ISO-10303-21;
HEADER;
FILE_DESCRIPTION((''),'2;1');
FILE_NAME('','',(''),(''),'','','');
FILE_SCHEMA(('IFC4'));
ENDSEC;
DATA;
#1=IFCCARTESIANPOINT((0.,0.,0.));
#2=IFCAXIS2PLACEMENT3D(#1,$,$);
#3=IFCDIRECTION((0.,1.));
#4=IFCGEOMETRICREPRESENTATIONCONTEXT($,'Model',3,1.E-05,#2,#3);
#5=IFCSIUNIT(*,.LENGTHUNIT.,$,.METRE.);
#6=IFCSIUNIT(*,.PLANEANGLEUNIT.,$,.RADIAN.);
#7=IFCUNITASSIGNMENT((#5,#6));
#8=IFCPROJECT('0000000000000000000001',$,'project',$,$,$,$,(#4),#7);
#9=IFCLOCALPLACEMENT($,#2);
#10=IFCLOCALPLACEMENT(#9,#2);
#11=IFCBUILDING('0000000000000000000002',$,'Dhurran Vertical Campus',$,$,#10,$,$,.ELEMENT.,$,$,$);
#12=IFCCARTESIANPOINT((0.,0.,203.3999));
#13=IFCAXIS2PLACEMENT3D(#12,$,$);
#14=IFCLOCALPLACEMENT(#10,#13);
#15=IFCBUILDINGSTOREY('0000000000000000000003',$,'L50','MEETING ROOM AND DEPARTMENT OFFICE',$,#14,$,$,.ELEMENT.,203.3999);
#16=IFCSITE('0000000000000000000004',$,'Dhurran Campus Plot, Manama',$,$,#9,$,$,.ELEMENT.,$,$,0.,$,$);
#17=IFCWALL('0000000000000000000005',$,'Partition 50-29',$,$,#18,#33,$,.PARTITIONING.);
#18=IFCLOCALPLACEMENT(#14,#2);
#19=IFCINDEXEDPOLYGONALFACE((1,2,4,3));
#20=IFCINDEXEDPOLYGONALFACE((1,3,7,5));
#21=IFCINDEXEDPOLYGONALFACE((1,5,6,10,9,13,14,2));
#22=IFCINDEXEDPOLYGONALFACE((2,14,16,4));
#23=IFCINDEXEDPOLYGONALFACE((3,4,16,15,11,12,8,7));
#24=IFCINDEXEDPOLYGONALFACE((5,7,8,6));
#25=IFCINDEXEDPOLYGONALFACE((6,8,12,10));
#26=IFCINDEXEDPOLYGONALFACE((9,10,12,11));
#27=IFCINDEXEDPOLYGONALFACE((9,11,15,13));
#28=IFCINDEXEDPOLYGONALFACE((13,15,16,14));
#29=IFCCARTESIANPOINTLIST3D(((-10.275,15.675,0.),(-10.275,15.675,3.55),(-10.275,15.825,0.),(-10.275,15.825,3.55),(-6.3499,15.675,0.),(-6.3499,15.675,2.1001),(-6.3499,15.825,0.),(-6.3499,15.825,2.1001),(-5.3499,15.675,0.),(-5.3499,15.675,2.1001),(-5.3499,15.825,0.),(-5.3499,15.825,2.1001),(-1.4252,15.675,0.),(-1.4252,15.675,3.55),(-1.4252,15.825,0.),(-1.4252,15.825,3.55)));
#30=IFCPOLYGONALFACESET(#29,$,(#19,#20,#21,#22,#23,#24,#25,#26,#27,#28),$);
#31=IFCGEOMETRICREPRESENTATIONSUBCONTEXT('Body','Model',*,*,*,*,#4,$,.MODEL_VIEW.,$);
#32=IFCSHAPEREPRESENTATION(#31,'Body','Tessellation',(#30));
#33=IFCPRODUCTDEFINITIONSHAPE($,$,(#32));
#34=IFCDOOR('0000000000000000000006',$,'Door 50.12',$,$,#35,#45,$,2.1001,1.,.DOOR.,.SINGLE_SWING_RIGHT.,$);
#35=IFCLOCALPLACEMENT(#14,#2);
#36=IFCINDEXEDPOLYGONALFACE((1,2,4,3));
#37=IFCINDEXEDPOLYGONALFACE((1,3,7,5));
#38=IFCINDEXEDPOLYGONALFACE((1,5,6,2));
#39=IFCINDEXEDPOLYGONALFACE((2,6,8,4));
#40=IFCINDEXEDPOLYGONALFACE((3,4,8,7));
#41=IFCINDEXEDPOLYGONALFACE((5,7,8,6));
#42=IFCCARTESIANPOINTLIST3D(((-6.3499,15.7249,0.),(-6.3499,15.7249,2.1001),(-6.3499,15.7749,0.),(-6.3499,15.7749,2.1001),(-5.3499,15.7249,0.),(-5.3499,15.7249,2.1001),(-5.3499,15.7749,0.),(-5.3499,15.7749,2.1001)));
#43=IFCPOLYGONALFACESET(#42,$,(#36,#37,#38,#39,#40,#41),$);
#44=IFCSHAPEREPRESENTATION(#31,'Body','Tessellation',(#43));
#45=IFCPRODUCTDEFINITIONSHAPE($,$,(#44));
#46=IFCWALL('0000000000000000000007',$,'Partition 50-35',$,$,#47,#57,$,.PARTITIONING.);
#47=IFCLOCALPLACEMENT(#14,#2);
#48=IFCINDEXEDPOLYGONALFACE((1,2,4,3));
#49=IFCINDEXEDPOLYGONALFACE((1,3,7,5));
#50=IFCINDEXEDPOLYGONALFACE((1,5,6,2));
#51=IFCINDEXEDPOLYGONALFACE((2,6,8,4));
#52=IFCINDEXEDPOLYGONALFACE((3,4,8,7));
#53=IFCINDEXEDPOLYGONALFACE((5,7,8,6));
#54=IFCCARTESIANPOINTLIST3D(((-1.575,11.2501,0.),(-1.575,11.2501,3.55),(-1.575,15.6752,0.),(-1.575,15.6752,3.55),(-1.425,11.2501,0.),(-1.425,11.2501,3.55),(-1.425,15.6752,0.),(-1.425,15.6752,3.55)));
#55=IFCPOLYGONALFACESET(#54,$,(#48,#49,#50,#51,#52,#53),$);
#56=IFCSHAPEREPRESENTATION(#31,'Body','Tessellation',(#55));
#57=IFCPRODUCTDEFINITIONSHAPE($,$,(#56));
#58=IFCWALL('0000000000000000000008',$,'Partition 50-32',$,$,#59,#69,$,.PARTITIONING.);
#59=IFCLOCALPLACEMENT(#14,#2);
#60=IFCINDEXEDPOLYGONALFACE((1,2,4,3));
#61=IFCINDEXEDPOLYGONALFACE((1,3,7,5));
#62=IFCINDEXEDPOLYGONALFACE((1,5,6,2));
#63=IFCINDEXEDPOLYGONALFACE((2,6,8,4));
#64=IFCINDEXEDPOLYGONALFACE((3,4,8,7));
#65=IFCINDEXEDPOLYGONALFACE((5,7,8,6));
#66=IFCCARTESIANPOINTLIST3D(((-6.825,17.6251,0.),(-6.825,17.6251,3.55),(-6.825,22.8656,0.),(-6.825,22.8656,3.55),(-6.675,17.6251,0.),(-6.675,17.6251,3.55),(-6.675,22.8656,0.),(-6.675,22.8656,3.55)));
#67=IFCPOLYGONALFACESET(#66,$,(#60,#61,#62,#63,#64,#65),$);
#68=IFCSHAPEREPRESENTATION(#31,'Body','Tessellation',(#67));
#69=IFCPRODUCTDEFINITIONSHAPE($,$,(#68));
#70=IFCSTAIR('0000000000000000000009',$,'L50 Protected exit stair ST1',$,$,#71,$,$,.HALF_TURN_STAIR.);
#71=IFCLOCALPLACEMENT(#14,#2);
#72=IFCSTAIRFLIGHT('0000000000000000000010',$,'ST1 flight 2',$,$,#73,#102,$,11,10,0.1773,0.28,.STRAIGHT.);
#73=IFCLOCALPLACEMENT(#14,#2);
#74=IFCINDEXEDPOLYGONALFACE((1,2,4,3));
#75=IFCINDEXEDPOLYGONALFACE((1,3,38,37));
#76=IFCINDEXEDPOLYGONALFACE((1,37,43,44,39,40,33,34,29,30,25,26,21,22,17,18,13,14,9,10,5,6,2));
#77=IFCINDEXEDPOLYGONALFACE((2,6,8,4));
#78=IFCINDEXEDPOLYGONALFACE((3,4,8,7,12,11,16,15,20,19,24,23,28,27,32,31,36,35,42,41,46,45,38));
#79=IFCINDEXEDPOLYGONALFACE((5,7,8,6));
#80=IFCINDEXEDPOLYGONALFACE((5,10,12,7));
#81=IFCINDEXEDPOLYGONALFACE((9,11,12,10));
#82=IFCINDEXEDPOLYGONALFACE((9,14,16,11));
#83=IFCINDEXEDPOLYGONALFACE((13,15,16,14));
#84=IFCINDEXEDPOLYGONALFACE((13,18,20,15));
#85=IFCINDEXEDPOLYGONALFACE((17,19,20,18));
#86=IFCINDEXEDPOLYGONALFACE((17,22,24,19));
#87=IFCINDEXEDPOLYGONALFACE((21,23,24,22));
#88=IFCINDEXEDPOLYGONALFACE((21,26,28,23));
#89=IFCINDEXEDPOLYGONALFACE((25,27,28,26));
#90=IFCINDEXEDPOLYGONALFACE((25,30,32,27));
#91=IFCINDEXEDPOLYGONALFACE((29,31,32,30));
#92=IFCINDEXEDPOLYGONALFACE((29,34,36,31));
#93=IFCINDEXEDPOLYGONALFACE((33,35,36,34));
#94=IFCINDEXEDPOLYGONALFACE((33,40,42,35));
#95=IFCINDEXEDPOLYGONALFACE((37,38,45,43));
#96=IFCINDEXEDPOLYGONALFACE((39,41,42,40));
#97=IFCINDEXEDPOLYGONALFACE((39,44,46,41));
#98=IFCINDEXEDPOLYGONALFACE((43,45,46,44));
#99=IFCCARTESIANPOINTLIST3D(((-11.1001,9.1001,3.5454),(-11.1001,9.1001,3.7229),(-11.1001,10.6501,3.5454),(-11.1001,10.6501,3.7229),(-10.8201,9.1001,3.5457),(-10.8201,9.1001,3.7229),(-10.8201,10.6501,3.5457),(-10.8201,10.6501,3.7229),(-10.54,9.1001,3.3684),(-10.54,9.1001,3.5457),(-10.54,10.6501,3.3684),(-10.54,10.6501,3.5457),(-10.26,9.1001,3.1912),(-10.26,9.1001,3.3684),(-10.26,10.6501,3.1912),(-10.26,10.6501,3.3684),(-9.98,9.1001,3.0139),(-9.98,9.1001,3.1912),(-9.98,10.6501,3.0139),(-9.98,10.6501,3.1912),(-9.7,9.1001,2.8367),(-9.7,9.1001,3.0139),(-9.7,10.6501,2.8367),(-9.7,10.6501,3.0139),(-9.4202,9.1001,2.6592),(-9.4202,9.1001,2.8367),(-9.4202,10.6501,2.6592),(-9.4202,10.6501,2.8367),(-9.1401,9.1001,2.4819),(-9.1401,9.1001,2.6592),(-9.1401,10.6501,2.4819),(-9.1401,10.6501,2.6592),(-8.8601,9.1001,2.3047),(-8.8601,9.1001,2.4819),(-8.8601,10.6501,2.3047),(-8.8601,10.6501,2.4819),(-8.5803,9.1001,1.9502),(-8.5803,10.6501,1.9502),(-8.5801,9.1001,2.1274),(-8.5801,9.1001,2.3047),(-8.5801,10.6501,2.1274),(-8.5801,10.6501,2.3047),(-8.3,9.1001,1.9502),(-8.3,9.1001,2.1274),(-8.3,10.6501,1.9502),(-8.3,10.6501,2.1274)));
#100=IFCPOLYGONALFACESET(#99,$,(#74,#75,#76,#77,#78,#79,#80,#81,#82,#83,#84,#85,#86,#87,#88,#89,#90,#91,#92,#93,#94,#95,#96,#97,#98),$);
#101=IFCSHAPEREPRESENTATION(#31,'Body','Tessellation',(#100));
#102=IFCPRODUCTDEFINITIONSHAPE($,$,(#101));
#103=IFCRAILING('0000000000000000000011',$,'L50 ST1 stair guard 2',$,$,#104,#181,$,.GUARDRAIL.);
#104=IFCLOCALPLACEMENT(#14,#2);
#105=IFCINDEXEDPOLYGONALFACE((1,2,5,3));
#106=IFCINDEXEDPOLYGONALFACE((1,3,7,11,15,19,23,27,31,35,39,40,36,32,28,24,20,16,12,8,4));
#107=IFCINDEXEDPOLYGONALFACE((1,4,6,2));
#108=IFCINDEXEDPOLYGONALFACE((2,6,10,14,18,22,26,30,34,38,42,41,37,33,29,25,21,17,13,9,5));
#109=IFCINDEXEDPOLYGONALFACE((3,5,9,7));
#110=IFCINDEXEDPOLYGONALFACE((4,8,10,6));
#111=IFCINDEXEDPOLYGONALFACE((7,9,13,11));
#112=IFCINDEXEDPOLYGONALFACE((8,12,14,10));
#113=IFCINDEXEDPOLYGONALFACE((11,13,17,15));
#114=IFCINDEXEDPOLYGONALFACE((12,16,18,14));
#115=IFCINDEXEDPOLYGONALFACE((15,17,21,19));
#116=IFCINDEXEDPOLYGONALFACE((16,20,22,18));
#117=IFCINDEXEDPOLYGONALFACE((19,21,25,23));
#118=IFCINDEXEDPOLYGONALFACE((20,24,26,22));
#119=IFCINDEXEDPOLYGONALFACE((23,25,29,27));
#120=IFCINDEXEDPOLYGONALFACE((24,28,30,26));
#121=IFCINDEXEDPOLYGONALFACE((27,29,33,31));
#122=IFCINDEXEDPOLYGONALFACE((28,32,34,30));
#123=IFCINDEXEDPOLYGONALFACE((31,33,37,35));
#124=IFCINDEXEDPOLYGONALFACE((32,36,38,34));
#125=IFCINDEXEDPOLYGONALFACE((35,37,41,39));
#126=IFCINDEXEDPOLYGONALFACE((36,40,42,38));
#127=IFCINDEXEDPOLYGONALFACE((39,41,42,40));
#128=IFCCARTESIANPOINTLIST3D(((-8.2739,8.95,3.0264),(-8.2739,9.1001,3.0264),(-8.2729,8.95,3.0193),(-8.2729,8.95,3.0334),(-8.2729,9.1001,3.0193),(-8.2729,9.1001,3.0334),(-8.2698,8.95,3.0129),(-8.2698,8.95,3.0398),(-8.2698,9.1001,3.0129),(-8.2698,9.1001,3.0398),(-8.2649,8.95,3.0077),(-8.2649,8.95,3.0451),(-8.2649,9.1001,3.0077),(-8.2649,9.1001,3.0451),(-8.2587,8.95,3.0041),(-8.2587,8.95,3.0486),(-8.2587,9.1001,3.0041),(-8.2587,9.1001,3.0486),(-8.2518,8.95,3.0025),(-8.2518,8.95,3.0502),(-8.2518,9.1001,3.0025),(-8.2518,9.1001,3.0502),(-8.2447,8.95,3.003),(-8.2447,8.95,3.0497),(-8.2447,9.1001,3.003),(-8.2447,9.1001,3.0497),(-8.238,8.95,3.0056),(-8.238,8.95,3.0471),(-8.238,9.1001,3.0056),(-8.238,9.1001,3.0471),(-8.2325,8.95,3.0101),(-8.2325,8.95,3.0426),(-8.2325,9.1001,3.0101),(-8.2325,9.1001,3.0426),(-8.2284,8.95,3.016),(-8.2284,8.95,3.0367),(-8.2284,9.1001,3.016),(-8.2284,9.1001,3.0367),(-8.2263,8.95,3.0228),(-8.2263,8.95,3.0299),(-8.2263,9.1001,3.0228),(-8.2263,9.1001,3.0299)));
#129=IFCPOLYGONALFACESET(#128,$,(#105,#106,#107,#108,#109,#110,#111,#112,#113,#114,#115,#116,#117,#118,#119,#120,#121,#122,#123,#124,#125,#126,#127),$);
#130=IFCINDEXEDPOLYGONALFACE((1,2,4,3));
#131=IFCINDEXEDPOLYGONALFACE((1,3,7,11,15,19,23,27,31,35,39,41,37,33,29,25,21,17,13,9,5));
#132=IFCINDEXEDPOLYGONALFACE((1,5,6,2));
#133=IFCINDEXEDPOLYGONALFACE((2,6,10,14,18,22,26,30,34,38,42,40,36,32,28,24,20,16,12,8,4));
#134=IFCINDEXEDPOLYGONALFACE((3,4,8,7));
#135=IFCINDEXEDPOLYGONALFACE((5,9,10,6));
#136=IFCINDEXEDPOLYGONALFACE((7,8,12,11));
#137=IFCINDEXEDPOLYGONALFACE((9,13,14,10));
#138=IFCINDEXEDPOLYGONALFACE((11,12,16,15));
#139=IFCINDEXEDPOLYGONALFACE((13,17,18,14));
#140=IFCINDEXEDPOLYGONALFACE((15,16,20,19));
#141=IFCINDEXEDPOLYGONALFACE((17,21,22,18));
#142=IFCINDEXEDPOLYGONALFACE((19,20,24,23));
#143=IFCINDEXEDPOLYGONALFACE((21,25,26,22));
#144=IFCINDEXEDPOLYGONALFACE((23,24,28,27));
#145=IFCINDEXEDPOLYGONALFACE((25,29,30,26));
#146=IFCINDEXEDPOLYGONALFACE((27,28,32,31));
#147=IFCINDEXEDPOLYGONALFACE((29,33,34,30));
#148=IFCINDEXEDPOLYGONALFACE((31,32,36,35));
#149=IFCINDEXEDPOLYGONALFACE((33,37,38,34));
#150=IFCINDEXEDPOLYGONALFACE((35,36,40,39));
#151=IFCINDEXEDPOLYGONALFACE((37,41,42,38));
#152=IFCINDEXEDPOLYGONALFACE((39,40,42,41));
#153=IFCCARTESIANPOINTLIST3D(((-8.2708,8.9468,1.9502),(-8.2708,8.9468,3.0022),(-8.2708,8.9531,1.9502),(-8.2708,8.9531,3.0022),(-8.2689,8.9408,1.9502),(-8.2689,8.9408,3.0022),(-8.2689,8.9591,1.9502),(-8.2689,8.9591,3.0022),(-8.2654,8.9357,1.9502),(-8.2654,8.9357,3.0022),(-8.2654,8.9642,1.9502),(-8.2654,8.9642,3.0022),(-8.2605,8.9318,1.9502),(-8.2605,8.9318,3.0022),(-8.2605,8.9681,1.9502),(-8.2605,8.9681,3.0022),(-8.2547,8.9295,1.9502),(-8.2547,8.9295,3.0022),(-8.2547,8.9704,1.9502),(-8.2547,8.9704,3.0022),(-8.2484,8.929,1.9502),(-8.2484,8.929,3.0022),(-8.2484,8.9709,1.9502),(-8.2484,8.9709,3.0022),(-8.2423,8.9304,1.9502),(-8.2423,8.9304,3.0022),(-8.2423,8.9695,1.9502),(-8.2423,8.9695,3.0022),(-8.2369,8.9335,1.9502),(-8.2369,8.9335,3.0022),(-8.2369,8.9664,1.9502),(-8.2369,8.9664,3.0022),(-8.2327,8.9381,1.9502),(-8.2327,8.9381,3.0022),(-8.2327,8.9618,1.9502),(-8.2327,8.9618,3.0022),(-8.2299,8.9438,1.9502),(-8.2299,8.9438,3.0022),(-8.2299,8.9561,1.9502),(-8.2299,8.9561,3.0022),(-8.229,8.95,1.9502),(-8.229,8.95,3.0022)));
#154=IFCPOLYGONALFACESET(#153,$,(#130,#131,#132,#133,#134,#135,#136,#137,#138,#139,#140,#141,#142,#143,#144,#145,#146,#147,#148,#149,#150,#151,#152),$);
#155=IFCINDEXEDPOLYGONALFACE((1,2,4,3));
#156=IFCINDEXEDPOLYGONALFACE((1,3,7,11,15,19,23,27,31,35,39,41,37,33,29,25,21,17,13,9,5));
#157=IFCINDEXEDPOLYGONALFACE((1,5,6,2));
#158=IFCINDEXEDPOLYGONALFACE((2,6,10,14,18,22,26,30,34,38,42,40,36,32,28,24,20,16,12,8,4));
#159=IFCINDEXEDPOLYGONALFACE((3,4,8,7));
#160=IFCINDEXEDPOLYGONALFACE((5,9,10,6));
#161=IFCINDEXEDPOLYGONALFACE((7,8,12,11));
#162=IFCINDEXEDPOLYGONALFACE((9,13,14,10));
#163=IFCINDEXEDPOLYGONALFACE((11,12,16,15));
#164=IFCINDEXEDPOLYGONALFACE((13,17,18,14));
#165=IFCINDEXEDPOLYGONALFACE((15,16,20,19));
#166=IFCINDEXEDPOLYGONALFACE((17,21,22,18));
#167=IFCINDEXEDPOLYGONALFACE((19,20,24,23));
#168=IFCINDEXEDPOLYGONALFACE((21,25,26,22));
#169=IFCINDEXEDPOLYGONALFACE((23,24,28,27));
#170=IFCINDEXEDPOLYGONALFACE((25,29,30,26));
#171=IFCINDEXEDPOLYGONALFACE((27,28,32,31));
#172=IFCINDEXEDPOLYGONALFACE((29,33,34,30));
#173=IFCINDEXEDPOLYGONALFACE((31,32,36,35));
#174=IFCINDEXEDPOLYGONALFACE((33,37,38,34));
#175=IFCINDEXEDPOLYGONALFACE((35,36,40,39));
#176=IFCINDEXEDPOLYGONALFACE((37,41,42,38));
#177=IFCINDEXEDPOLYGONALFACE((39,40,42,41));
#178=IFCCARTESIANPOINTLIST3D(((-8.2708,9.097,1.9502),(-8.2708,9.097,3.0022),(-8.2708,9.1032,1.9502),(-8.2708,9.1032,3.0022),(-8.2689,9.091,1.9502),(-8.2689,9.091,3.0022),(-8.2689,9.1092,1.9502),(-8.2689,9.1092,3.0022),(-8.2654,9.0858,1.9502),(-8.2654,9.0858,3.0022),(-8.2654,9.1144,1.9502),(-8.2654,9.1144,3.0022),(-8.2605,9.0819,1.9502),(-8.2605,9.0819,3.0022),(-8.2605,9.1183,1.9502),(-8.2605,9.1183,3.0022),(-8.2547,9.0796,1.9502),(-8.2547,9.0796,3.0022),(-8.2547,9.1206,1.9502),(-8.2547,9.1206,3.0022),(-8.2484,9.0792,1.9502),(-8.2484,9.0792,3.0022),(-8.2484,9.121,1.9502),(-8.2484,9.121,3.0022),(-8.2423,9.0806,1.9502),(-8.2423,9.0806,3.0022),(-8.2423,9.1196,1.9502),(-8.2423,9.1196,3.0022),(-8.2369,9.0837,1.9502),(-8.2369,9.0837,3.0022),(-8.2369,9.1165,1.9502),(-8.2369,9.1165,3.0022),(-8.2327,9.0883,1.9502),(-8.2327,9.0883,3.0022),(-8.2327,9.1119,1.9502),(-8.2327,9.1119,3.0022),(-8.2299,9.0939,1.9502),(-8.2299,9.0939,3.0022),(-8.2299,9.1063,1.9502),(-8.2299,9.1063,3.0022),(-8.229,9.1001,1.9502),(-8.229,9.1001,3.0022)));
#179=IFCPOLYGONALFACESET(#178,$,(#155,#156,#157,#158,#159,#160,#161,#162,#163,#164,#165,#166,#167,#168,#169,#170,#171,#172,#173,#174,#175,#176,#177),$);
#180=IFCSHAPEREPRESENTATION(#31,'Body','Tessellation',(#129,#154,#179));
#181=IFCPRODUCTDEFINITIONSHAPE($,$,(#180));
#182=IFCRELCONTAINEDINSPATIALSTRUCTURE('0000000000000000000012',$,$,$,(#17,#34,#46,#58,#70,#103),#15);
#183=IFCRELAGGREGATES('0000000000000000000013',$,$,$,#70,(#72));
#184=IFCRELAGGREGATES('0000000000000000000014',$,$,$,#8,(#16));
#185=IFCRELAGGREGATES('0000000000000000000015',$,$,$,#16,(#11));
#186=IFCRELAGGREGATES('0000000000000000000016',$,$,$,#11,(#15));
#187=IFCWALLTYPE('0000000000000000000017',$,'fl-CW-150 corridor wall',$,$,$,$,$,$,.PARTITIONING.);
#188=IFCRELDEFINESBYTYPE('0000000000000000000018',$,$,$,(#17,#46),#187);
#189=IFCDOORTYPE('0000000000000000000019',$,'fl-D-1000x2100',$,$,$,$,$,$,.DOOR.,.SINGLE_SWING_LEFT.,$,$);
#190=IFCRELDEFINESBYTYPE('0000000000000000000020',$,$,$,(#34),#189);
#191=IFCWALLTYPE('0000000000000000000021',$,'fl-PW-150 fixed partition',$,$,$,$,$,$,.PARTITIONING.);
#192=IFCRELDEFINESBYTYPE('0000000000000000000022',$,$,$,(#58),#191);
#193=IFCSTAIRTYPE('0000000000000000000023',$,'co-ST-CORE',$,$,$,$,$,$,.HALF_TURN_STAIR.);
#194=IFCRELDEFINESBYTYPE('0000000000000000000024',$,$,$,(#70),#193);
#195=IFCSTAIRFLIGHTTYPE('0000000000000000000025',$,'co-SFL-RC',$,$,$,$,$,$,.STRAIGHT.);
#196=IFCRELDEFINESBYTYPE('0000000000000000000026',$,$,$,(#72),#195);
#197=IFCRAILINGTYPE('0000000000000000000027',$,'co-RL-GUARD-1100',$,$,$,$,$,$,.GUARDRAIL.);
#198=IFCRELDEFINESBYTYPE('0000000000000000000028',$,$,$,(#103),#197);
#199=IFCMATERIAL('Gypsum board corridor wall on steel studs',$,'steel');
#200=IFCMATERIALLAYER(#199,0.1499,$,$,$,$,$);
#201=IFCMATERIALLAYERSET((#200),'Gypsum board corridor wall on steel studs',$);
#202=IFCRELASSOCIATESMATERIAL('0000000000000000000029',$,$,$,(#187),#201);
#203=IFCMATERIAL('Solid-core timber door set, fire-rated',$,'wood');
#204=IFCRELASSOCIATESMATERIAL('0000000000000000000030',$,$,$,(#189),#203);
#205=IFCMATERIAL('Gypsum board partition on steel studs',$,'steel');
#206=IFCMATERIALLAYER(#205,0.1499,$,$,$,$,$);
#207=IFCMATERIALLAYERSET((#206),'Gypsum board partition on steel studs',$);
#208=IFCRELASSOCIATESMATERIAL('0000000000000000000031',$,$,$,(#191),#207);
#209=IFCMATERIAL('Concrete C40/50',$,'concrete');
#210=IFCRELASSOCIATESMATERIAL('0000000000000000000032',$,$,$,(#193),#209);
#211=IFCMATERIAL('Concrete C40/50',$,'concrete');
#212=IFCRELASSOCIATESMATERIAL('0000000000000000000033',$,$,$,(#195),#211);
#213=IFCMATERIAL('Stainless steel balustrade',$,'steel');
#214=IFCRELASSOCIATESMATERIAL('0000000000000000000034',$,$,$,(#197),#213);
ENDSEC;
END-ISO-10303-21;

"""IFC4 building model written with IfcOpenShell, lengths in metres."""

from ifc_helpers import new_model, si_unit, direction, frame, frame_2d, origin, origin_2d, place, context, subcontext, project, spatial, polyline, rectangle, circle, outline, extrude, material, layer, layer_set, type_object, element, fill, aggregate, save


model = new_model("IFC4")

# Units and contexts
model_context = context("Model", 3, precision=1e-05, world=origin(), true_north=direction((0.0, 1.0)))
body_context = subcontext(model_context, "Body", "Model", "MODEL_VIEW")
ifc_project = project(units=[si_unit("LENGTHUNIT", "METRE"), si_unit("PLANEANGLEUNIT", "RADIAN")], contexts=[model_context])

# Site, building, storey
site_placement = place(None, origin())
site = spatial("IfcSite", under=ifc_project, at=site_placement, Name="Dhurran Campus Plot, Manama", CompositionType="ELEMENT", RefElevation=0.0)
building_placement = place(site_placement, origin())
building = spatial("IfcBuilding", under=site, at=building_placement, Name="Dhurran Vertical Campus", CompositionType="ELEMENT")
storey_placement = place(building_placement, frame((0.0, 0.0, 203.3999)))
storey = spatial("IfcBuildingStorey", under=building, at=storey_placement, Name="L50", Description="MEETING ROOM AND DEPARTMENT OFFICE", CompositionType="ELEMENT", Elevation=203.3999)

# Shared definitions
ifc_material_1 = material(Name="Gypsum board corridor wall on steel studs", Category="steel")
ifc_layer_1 = layer(ifc_material_1, 0.1499)
ifc_layer_set_1 = layer_set([ifc_layer_1], Name="Gypsum board corridor wall on steel studs")
wall_type_1 = type_object("IfcWallType", Name="fl-CW-150 corridor wall", PredefinedType="PARTITIONING", material=ifc_layer_set_1)
ifc_material_2 = material(Name="Solid-core timber door set, fire-rated", Category="wood")
door_type = type_object("IfcDoorType", Name="fl-D-1000x2100", OperationType="SINGLE_SWING_LEFT", PredefinedType="DOOR", material=ifc_material_2)

# Wall, opening, door
wall_1_placement = place(storey_placement, frame((-10.2749, 15.75, 0.0), z_axis=(0.0, 0.0, 1.0), x_axis=(1.0, 0.0, 0.0)))
wall_1 = element("IfcWall", 1, at=wall_1_placement, inside=storey, type_object=wall_type_1, Name="Partition 50-29", PredefinedType="PARTITIONING", context=body_context, shape_type="SweptSolid", body=[
    extrude(rectangle(XDim=8.8499, YDim=0.1499, at=frame_2d((4.4248, 0.0))), origin(), (0.0, 0.0, 1.0), 3.55),
])
opening_1_placement = place(wall_1_placement, frame((3.925, 0.0, 0.0)))
opening_1 = element("IfcOpeningElement", 2, at=opening_1_placement, cuts=wall_1, PredefinedType="OPENING", context=body_context, shape_type="SweptSolid", body=[
    extrude(rectangle(XDim=1.0, YDim=2.1001, at=frame_2d((0.5, 1.05))), frame((0.0, 0.085, 0.0), z_axis=(0.0, -1.0, 0.0), x_axis=(1.0, 0.0, 0.0)), (0.0, 0.0, 1.0), 0.1699),
])
door_1_placement = place(opening_1_placement, origin())
door_1 = element("IfcDoor", 3, at=door_1_placement, inside=storey, type_object=door_type, Name="Door 50.12", OperationType="SINGLE_SWING_RIGHT", OverallHeight=2.1001, OverallWidth=1.0, PredefinedType="DOOR", context=body_context, shape_type="SweptSolid", body=[
    extrude(rectangle(XDim=1.0, YDim=2.1001, at=frame_2d((0.5, 1.05))), frame((0.0, 0.0249, 0.0), z_axis=(0.0, -1.0, 0.0), x_axis=(1.0, 0.0, 0.0)), (0.0, 0.0, 1.0), 0.05),
])
fill(opening_1, door_1)

# Walls
wall_2_placement = place(storey_placement, frame((-1.5, 15.675, 0.0), z_axis=(0.0, 0.0, 1.0), x_axis=(0.0, -1.0, 0.0)))
element("IfcWall", 4, at=wall_2_placement, inside=storey, type_object=wall_type_1, Name="Partition 50-35", PredefinedType="PARTITIONING", context=body_context, shape_type="SweptSolid", body=[
    extrude(rectangle(XDim=4.425, YDim=0.1499, at=frame_2d((2.2124, 0.0))), origin(), (0.0, 0.0, 1.0), 3.55),
])
ifc_material_3 = material(Name="Gypsum board partition on steel studs", Category="steel")
ifc_layer_2 = layer(ifc_material_3, 0.1499)
ifc_layer_set_2 = layer_set([ifc_layer_2], Name="Gypsum board partition on steel studs")
wall_type_2 = type_object("IfcWallType", Name="fl-PW-150 fixed partition", PredefinedType="PARTITIONING", material=ifc_layer_set_2)
wall_3_placement = place(storey_placement, frame((-6.75, 22.8655, 0.0), z_axis=(0.0, 0.0, 1.0), x_axis=(0.0, -1.0, 0.0)))
element("IfcWall", 5, at=wall_3_placement, inside=storey, type_object=wall_type_2, Name="Partition 50-32", PredefinedType="PARTITIONING", context=body_context, shape_type="SweptSolid", body=[
    extrude(rectangle(XDim=5.2405, YDim=0.1499, at=frame_2d((2.6201, 0.0))), origin(), (0.0, 0.0, 1.0), 3.55),
])

# Stair, stair flight
ifc_material_4 = material(Name="Concrete C40/50", Category="concrete")
stair_type = type_object("IfcStairType", Name="co-ST-CORE", PredefinedType="HALF_TURN_STAIR", material=ifc_material_4)
stair_placement = place(storey_placement, origin())
stair = element("IfcStair", 6, at=stair_placement, inside=storey, type_object=stair_type, Name="L50 Protected exit stair ST1", PredefinedType="HALF_TURN_STAIR")
ifc_material_5 = material(Name="Concrete C40/50", Category="concrete")
stair_flight_type = type_object("IfcStairFlightType", Name="co-SFL-RC", PredefinedType="STRAIGHT", material=ifc_material_5)
stair_flight_placement = place(storey_placement, frame((-8.3, 9.875, 1.9502), z_axis=(0.0, 0.0, 1.0), x_axis=(-1.0, 0.0, 0.0)))
stair_flight = element("IfcStairFlight", 7, at=stair_flight_placement, type_object=stair_flight_type, Name="ST1 flight 2", NumberOfRisers=11, NumberOfTreads=10, PredefinedType="STRAIGHT", RiserHeight=0.1773, TreadLength=0.28, context=body_context, shape_type="SweptSolid", body=[
    extrude(outline(polyline([(0.0, 0.0), (0.0, 0.1772), (0.28, 0.1772), (0.28, 0.3545), (0.5601, 0.3545), (0.5601, 0.5317), (0.8401, 0.5317), (0.8401, 0.709), (1.1201, 0.709), (1.1201, 0.8865), (1.3999, 0.8865), (1.3999, 1.0637), (1.6799, 1.0637), (1.6799, 1.241), (1.96, 1.241), (1.96, 1.4182), (2.24, 1.4182), (2.24, 1.5955), (2.52, 1.5955), (2.52, 1.7727), (2.8, 1.7727), (2.8, 1.95), (2.8, 1.5952), (0.2803, 0.0), (0.0, 0.0)])), frame((0.0, 0.7749, 0.0), z_axis=(0.0, -1.0, 0.0), x_axis=(1.0, 0.0, 0.0)), (0.0, 0.0, 1.0), 1.55),
])
aggregate(stair, [stair_flight])

# Railing
ifc_material_6 = material(Name="Stainless steel balustrade", Category="steel")
railing_type_1 = type_object("IfcRailingType", Name="co-RL-GUARD-1100", PredefinedType="GUARDRAIL", material=ifc_material_6)
railing_1_placement = place(storey_placement, frame((-8.25, 8.95, 1.9502)))
element("IfcRailing", 8, at=railing_1_placement, inside=storey, type_object=railing_type_1, Name="L50 ST1 stair guard 2", PredefinedType="GUARDRAIL", context=body_context, shape_type="SweptSolid", body=[
    extrude(circle(Radius=0.0239, at=origin_2d()), frame((0.0, 0.0, 1.0762), z_axis=(0.0, 1.0, 0.0), x_axis=(-1.0, 0.0, 0.0)), (0.0, 0.0, 1.0), 0.1501),
    extrude(circle(Radius=0.021, at=origin_2d()), origin(), (0.0, 0.0, 1.0), 1.052),
    extrude(circle(Radius=0.021, at=origin_2d()), frame((0.0, 0.1501, 0.0)), (0.0, 0.0, 1.0), 1.052),
])

save(model, "model.ifc")
